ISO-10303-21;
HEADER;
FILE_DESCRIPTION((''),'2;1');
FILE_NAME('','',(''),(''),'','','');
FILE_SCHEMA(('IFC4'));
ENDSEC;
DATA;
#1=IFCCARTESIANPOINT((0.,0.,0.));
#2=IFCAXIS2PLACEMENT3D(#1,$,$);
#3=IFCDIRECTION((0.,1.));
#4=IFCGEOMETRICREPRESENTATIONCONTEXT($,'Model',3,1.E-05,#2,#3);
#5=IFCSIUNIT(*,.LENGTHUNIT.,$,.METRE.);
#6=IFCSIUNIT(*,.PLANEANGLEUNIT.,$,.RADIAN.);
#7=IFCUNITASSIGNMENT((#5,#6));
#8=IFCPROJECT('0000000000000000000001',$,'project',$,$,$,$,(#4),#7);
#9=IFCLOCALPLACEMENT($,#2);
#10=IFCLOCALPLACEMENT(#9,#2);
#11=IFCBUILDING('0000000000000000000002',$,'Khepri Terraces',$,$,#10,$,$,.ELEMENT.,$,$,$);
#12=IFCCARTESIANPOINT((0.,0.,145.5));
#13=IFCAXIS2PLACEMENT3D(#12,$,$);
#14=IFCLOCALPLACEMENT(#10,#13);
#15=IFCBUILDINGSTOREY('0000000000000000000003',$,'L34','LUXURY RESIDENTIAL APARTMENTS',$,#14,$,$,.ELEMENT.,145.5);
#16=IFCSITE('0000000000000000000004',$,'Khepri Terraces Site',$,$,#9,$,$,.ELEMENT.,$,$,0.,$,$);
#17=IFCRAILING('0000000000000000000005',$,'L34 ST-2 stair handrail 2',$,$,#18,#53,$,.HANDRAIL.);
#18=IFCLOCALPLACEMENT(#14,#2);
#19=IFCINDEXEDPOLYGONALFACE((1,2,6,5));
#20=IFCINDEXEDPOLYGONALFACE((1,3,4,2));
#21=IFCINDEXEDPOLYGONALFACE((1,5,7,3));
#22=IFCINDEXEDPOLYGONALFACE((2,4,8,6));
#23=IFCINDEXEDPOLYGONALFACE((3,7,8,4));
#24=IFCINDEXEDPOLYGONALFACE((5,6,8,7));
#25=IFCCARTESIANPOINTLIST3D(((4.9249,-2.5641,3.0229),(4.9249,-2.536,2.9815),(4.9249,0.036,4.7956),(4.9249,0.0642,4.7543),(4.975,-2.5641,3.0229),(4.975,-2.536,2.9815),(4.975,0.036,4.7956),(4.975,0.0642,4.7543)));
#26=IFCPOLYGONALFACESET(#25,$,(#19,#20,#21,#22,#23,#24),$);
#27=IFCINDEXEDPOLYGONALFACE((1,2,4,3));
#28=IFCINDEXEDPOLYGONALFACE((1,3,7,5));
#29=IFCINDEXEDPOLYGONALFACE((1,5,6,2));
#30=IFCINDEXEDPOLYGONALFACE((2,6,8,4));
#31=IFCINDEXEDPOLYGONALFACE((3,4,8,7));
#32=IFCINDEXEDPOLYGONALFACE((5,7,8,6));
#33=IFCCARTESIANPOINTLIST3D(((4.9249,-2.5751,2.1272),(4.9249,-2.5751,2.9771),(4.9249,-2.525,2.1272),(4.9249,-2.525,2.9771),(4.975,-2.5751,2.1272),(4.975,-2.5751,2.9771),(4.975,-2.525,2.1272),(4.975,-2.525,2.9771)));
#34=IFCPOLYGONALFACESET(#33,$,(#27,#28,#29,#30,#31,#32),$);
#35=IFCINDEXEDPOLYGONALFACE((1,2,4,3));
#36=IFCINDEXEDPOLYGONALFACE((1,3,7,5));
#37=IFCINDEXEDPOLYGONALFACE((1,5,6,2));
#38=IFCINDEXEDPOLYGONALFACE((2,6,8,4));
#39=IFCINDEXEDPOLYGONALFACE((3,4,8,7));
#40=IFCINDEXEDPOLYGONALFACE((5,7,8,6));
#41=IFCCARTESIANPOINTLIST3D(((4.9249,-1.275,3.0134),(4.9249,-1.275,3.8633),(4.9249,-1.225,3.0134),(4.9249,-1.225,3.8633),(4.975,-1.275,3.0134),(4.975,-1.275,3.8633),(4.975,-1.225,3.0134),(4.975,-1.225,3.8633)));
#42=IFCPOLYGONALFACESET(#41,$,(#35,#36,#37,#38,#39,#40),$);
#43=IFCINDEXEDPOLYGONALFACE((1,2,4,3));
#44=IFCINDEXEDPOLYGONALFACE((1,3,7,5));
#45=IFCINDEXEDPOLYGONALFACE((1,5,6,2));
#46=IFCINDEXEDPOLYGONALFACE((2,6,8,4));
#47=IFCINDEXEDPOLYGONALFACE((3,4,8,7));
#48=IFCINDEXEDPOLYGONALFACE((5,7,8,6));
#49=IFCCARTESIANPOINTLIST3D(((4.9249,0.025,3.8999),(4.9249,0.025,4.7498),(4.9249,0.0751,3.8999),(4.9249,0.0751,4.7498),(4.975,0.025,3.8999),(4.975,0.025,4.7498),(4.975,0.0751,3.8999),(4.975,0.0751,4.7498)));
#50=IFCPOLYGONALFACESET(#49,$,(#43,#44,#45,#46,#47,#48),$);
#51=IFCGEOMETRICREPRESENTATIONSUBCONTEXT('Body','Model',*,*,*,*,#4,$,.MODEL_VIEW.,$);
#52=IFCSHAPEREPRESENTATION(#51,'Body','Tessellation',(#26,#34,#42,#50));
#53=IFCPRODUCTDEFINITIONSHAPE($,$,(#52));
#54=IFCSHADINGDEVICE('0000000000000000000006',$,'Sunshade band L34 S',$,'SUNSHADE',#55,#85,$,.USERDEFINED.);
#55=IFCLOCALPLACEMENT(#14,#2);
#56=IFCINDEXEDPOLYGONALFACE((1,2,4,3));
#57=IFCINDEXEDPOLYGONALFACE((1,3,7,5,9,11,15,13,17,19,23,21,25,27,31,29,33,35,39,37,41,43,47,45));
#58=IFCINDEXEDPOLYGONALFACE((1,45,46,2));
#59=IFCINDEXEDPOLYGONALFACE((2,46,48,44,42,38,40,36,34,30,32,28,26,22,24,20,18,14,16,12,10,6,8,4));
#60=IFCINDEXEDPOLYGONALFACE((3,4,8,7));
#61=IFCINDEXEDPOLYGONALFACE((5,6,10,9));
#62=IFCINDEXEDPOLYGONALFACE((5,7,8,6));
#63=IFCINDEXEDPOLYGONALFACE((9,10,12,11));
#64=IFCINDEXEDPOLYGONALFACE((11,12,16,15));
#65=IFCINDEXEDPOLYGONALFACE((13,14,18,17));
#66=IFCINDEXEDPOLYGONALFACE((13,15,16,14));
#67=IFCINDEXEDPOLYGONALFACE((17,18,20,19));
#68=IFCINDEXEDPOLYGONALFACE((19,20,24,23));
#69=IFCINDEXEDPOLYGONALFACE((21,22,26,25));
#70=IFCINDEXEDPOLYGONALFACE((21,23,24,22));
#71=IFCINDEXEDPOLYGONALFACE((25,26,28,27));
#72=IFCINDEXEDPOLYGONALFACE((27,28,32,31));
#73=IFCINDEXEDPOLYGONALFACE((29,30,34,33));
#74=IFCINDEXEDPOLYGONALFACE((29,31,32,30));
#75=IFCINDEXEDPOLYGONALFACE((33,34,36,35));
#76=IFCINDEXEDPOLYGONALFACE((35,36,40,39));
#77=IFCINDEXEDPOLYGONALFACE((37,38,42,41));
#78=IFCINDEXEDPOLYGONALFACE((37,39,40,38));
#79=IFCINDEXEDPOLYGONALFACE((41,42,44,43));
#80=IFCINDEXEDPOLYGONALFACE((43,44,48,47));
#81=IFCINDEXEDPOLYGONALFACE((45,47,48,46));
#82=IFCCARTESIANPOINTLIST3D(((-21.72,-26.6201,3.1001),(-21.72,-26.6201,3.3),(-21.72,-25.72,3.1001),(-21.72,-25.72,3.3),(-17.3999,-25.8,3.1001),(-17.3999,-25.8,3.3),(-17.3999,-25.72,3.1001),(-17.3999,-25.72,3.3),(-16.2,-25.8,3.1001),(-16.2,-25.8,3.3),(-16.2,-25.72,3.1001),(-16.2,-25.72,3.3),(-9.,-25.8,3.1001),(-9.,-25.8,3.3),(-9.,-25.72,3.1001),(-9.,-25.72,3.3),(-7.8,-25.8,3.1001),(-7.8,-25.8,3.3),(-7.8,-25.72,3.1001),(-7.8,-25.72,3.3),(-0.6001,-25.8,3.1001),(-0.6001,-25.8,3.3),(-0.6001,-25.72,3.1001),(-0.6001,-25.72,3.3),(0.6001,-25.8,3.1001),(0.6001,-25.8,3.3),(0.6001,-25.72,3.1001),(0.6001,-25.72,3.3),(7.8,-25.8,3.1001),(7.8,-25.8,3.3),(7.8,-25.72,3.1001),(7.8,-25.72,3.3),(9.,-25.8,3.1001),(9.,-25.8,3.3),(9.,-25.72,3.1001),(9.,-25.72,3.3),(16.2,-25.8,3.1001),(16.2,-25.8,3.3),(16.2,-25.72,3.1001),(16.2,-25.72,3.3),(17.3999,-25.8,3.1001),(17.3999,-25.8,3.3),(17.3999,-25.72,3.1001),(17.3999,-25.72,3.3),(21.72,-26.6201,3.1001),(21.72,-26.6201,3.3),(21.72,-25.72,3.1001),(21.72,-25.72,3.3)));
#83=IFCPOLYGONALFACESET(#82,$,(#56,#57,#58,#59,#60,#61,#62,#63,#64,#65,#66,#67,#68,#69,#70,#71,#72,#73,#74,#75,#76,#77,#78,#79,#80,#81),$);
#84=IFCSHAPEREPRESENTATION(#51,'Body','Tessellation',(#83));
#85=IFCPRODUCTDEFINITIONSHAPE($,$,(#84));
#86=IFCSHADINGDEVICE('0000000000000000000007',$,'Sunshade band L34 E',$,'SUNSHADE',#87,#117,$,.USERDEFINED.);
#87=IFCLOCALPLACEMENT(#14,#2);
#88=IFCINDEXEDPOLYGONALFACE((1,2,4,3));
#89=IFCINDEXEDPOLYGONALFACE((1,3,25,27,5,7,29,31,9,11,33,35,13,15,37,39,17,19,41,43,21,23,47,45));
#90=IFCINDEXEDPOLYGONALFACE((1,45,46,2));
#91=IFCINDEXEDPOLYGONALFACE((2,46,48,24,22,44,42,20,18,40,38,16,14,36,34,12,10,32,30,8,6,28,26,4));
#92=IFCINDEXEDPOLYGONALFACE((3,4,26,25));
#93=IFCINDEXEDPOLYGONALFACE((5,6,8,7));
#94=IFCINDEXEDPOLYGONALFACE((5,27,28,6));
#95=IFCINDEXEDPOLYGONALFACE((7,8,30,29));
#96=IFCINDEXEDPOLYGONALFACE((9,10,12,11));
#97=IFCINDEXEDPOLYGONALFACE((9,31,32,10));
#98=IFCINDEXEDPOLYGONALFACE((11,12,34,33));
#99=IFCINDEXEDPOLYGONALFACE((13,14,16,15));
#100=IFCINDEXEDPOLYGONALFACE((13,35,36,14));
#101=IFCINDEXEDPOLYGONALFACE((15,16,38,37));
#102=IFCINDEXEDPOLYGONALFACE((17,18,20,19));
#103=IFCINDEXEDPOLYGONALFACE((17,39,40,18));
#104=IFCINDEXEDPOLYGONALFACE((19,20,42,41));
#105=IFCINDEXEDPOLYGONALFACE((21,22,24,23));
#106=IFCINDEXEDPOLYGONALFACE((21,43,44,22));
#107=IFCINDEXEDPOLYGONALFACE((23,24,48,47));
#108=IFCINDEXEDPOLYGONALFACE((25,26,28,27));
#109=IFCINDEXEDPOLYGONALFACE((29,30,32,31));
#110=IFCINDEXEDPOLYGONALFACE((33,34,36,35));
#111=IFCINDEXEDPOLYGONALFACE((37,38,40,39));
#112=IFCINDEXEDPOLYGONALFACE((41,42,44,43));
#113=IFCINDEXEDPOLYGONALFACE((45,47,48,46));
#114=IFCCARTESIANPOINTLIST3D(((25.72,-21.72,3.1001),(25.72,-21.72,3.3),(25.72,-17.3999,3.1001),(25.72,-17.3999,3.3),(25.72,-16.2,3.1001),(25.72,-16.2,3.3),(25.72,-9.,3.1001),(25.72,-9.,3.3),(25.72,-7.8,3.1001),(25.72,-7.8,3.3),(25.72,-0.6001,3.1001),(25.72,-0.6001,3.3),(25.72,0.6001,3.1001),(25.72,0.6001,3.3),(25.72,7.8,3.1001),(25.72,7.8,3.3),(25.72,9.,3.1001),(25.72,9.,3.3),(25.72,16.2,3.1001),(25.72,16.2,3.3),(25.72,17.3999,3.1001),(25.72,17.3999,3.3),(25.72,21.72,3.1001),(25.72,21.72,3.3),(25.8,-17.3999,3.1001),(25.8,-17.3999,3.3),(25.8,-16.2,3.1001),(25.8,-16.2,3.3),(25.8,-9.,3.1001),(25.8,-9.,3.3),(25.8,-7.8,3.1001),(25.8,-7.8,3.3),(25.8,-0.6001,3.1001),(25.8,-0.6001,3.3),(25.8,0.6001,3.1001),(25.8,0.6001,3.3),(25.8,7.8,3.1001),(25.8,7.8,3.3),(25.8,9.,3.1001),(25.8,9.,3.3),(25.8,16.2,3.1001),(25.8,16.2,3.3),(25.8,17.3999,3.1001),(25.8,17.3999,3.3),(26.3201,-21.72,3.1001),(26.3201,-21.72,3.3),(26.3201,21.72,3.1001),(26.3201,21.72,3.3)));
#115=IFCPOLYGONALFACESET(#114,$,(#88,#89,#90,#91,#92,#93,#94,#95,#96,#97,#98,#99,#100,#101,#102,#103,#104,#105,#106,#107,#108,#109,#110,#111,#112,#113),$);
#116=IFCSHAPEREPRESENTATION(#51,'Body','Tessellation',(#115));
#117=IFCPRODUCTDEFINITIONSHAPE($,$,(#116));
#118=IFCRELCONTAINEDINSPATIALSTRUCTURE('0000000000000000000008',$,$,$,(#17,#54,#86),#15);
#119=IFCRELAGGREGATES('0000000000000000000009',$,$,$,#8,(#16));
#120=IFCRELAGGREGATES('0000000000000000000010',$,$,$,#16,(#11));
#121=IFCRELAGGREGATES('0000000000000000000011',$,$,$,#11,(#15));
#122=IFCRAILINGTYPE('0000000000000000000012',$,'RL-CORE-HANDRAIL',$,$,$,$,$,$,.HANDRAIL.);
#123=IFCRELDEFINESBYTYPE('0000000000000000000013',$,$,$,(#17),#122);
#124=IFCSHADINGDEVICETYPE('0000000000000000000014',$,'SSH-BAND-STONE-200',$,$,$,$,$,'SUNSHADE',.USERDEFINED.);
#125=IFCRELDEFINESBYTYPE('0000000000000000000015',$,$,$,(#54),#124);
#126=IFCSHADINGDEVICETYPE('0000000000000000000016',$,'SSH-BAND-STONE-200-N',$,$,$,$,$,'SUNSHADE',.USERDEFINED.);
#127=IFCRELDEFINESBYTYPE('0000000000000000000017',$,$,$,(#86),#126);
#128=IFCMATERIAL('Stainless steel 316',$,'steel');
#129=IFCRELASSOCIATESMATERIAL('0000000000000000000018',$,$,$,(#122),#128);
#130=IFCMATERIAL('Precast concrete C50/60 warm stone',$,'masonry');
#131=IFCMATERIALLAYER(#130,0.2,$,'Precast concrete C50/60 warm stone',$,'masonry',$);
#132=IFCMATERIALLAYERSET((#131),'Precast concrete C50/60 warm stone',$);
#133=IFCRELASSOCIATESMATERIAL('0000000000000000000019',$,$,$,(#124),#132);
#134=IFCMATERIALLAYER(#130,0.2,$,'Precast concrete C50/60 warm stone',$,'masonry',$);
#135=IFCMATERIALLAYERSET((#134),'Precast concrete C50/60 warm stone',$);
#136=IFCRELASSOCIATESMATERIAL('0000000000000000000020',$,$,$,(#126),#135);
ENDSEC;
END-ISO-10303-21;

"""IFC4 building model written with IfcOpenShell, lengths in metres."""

from ifc_helpers import new_model, si_unit, direction, frame, origin, origin_2d, place, context, subcontext, project, spatial, polyline, rectangle, outline, extrude, material, layer, layer_set, type_object, element, save


model = new_model("IFC4")

# Units and contexts
model_context = context("Model", 3, precision=1e-05, world=origin(), true_north=direction((0.0, 1.0)))
body_context = subcontext(model_context, "Body", "Model", "MODEL_VIEW")
ifc_project = project(units=[si_unit("LENGTHUNIT", "METRE"), si_unit("PLANEANGLEUNIT", "RADIAN")], contexts=[model_context])

# Site, building, storey
site_placement = place(None, origin())
site = spatial("IfcSite", under=ifc_project, at=site_placement, Name="Khepri Terraces Site", CompositionType="ELEMENT", RefElevation=0.0)
building_placement = place(site_placement, origin())
building = spatial("IfcBuilding", under=site, at=building_placement, Name="Khepri Terraces", CompositionType="ELEMENT")
storey_placement = place(building_placement, frame((0.0, 0.0, 145.5)))
storey = spatial("IfcBuildingStorey", under=building, at=storey_placement, Name="L34", Description="LUXURY RESIDENTIAL APARTMENTS", CompositionType="ELEMENT", Elevation=145.5)

# Shared definitions
ifc_material_1 = material(Name="Precast concrete C50/60 warm stone", Category="masonry")

# Railing
ifc_material_2 = material(Name="Stainless steel 316", Category="steel")
railing_type_1 = type_object("IfcRailingType", Name="RL-CORE-HANDRAIL", PredefinedType="HANDRAIL", material=ifc_material_2)
railing_1_placement = place(storey_placement, frame((4.95, -2.55, 2.1272)))
element("IfcRailing", 1, at=railing_1_placement, inside=storey, type_object=railing_type_1, Name="L34 ST-2 stair handrail 2", PredefinedType="HANDRAIL", context=body_context, shape_type="SweptSolid", body=[
    extrude(rectangle(XDim=0.05, YDim=0.05, at=origin_2d()), frame((0.0, 0.0, 0.875), z_axis=(0.0, 0.82624, 0.563318), x_axis=(-1.0, 0.0, 0.0)), (0.0, 0.0, 1.0), 3.147),
    extrude(rectangle(XDim=0.05, YDim=0.05, at=origin_2d()), origin(), (0.0, 0.0, 1.0), 0.8499),
    extrude(rectangle(XDim=0.05, YDim=0.05, at=origin_2d()), frame((0.0, 1.3, 0.8862)), (0.0, 0.0, 1.0), 0.8499),
    extrude(rectangle(XDim=0.05, YDim=0.05, at=origin_2d()), frame((0.0, 2.6001, 1.7727)), (0.0, 0.0, 1.0), 0.8499),
])

# Shading devices
ifc_layer_1 = layer(ifc_material_1, 0.2, Name="Precast concrete C50/60 warm stone", Category="masonry")
ifc_layer_set_1 = layer_set([ifc_layer_1], Name="Precast concrete C50/60 warm stone")
shading_device_type_1 = type_object("IfcShadingDeviceType", Name="SSH-BAND-STONE-200", ElementType="SUNSHADE", PredefinedType="USERDEFINED", material=ifc_layer_set_1)
shading_device_1_placement = place(storey_placement, frame((0.0, 0.0, 3.1001)))
element("IfcShadingDevice", 2, at=shading_device_1_placement, inside=storey, type_object=shading_device_type_1, Name="Sunshade band L34 S", ObjectType="SUNSHADE", PredefinedType="USERDEFINED", context=body_context, shape_type="SweptSolid", body=[
    extrude(outline(polyline([(-17.3999, -25.72), (-21.72, -25.72), (-21.72, -26.6201), (21.72, -26.6201), (21.72, -25.72), (17.3999, -25.72), (17.3999, -25.8), (16.2, -25.8), (16.2, -25.72), (9.0, -25.72), (9.0, -25.8), (7.8, -25.8), (7.8, -25.72), (0.6001, -25.72), (0.6001, -25.8), (-0.6001, -25.8), (-0.6001, -25.72), (-7.8, -25.72), (-7.8, -25.8), (-9.0, -25.8), (-9.0, -25.72), (-16.2, -25.72), (-16.2, -25.8), (-17.3999, -25.8), (-17.3999, -25.72)])), origin(), (0.0, 0.0, 1.0), 0.2),
])
ifc_layer_2 = layer(ifc_material_1, 0.2, Name="Precast concrete C50/60 warm stone", Category="masonry")
ifc_layer_set_2 = layer_set([ifc_layer_2], Name="Precast concrete C50/60 warm stone")
shading_device_type_2 = type_object("IfcShadingDeviceType", Name="SSH-BAND-STONE-200-N", ElementType="SUNSHADE", PredefinedType="USERDEFINED", material=ifc_layer_set_2)
shading_device_2_placement = place(storey_placement, frame((0.0, 0.0, 3.1001)))
element("IfcShadingDevice", 3, at=shading_device_2_placement, inside=storey, type_object=shading_device_type_2, Name="Sunshade band L34 E", ObjectType="SUNSHADE", PredefinedType="USERDEFINED", context=body_context, shape_type="SweptSolid", body=[
    extrude(outline(polyline([(25.72, -17.3999), (25.72, -21.72), (26.3201, -21.72), (26.3201, 21.72), (25.72, 21.72), (25.72, 17.3999), (25.8, 17.3999), (25.8, 16.2), (25.72, 16.2), (25.72, 9.0), (25.8, 9.0), (25.8, 7.8), (25.72, 7.8), (25.72, 0.6001), (25.8, 0.6001), (25.8, -0.6001), (25.72, -0.6001), (25.72, -7.8), (25.8, -7.8), (25.8, -9.0), (25.72, -9.0), (25.72, -16.2), (25.8, -16.2), (25.8, -17.3999), (25.72, -17.3999)])), origin(), (0.0, 0.0, 1.0), 0.2),
])

save(model, "model.ifc")
